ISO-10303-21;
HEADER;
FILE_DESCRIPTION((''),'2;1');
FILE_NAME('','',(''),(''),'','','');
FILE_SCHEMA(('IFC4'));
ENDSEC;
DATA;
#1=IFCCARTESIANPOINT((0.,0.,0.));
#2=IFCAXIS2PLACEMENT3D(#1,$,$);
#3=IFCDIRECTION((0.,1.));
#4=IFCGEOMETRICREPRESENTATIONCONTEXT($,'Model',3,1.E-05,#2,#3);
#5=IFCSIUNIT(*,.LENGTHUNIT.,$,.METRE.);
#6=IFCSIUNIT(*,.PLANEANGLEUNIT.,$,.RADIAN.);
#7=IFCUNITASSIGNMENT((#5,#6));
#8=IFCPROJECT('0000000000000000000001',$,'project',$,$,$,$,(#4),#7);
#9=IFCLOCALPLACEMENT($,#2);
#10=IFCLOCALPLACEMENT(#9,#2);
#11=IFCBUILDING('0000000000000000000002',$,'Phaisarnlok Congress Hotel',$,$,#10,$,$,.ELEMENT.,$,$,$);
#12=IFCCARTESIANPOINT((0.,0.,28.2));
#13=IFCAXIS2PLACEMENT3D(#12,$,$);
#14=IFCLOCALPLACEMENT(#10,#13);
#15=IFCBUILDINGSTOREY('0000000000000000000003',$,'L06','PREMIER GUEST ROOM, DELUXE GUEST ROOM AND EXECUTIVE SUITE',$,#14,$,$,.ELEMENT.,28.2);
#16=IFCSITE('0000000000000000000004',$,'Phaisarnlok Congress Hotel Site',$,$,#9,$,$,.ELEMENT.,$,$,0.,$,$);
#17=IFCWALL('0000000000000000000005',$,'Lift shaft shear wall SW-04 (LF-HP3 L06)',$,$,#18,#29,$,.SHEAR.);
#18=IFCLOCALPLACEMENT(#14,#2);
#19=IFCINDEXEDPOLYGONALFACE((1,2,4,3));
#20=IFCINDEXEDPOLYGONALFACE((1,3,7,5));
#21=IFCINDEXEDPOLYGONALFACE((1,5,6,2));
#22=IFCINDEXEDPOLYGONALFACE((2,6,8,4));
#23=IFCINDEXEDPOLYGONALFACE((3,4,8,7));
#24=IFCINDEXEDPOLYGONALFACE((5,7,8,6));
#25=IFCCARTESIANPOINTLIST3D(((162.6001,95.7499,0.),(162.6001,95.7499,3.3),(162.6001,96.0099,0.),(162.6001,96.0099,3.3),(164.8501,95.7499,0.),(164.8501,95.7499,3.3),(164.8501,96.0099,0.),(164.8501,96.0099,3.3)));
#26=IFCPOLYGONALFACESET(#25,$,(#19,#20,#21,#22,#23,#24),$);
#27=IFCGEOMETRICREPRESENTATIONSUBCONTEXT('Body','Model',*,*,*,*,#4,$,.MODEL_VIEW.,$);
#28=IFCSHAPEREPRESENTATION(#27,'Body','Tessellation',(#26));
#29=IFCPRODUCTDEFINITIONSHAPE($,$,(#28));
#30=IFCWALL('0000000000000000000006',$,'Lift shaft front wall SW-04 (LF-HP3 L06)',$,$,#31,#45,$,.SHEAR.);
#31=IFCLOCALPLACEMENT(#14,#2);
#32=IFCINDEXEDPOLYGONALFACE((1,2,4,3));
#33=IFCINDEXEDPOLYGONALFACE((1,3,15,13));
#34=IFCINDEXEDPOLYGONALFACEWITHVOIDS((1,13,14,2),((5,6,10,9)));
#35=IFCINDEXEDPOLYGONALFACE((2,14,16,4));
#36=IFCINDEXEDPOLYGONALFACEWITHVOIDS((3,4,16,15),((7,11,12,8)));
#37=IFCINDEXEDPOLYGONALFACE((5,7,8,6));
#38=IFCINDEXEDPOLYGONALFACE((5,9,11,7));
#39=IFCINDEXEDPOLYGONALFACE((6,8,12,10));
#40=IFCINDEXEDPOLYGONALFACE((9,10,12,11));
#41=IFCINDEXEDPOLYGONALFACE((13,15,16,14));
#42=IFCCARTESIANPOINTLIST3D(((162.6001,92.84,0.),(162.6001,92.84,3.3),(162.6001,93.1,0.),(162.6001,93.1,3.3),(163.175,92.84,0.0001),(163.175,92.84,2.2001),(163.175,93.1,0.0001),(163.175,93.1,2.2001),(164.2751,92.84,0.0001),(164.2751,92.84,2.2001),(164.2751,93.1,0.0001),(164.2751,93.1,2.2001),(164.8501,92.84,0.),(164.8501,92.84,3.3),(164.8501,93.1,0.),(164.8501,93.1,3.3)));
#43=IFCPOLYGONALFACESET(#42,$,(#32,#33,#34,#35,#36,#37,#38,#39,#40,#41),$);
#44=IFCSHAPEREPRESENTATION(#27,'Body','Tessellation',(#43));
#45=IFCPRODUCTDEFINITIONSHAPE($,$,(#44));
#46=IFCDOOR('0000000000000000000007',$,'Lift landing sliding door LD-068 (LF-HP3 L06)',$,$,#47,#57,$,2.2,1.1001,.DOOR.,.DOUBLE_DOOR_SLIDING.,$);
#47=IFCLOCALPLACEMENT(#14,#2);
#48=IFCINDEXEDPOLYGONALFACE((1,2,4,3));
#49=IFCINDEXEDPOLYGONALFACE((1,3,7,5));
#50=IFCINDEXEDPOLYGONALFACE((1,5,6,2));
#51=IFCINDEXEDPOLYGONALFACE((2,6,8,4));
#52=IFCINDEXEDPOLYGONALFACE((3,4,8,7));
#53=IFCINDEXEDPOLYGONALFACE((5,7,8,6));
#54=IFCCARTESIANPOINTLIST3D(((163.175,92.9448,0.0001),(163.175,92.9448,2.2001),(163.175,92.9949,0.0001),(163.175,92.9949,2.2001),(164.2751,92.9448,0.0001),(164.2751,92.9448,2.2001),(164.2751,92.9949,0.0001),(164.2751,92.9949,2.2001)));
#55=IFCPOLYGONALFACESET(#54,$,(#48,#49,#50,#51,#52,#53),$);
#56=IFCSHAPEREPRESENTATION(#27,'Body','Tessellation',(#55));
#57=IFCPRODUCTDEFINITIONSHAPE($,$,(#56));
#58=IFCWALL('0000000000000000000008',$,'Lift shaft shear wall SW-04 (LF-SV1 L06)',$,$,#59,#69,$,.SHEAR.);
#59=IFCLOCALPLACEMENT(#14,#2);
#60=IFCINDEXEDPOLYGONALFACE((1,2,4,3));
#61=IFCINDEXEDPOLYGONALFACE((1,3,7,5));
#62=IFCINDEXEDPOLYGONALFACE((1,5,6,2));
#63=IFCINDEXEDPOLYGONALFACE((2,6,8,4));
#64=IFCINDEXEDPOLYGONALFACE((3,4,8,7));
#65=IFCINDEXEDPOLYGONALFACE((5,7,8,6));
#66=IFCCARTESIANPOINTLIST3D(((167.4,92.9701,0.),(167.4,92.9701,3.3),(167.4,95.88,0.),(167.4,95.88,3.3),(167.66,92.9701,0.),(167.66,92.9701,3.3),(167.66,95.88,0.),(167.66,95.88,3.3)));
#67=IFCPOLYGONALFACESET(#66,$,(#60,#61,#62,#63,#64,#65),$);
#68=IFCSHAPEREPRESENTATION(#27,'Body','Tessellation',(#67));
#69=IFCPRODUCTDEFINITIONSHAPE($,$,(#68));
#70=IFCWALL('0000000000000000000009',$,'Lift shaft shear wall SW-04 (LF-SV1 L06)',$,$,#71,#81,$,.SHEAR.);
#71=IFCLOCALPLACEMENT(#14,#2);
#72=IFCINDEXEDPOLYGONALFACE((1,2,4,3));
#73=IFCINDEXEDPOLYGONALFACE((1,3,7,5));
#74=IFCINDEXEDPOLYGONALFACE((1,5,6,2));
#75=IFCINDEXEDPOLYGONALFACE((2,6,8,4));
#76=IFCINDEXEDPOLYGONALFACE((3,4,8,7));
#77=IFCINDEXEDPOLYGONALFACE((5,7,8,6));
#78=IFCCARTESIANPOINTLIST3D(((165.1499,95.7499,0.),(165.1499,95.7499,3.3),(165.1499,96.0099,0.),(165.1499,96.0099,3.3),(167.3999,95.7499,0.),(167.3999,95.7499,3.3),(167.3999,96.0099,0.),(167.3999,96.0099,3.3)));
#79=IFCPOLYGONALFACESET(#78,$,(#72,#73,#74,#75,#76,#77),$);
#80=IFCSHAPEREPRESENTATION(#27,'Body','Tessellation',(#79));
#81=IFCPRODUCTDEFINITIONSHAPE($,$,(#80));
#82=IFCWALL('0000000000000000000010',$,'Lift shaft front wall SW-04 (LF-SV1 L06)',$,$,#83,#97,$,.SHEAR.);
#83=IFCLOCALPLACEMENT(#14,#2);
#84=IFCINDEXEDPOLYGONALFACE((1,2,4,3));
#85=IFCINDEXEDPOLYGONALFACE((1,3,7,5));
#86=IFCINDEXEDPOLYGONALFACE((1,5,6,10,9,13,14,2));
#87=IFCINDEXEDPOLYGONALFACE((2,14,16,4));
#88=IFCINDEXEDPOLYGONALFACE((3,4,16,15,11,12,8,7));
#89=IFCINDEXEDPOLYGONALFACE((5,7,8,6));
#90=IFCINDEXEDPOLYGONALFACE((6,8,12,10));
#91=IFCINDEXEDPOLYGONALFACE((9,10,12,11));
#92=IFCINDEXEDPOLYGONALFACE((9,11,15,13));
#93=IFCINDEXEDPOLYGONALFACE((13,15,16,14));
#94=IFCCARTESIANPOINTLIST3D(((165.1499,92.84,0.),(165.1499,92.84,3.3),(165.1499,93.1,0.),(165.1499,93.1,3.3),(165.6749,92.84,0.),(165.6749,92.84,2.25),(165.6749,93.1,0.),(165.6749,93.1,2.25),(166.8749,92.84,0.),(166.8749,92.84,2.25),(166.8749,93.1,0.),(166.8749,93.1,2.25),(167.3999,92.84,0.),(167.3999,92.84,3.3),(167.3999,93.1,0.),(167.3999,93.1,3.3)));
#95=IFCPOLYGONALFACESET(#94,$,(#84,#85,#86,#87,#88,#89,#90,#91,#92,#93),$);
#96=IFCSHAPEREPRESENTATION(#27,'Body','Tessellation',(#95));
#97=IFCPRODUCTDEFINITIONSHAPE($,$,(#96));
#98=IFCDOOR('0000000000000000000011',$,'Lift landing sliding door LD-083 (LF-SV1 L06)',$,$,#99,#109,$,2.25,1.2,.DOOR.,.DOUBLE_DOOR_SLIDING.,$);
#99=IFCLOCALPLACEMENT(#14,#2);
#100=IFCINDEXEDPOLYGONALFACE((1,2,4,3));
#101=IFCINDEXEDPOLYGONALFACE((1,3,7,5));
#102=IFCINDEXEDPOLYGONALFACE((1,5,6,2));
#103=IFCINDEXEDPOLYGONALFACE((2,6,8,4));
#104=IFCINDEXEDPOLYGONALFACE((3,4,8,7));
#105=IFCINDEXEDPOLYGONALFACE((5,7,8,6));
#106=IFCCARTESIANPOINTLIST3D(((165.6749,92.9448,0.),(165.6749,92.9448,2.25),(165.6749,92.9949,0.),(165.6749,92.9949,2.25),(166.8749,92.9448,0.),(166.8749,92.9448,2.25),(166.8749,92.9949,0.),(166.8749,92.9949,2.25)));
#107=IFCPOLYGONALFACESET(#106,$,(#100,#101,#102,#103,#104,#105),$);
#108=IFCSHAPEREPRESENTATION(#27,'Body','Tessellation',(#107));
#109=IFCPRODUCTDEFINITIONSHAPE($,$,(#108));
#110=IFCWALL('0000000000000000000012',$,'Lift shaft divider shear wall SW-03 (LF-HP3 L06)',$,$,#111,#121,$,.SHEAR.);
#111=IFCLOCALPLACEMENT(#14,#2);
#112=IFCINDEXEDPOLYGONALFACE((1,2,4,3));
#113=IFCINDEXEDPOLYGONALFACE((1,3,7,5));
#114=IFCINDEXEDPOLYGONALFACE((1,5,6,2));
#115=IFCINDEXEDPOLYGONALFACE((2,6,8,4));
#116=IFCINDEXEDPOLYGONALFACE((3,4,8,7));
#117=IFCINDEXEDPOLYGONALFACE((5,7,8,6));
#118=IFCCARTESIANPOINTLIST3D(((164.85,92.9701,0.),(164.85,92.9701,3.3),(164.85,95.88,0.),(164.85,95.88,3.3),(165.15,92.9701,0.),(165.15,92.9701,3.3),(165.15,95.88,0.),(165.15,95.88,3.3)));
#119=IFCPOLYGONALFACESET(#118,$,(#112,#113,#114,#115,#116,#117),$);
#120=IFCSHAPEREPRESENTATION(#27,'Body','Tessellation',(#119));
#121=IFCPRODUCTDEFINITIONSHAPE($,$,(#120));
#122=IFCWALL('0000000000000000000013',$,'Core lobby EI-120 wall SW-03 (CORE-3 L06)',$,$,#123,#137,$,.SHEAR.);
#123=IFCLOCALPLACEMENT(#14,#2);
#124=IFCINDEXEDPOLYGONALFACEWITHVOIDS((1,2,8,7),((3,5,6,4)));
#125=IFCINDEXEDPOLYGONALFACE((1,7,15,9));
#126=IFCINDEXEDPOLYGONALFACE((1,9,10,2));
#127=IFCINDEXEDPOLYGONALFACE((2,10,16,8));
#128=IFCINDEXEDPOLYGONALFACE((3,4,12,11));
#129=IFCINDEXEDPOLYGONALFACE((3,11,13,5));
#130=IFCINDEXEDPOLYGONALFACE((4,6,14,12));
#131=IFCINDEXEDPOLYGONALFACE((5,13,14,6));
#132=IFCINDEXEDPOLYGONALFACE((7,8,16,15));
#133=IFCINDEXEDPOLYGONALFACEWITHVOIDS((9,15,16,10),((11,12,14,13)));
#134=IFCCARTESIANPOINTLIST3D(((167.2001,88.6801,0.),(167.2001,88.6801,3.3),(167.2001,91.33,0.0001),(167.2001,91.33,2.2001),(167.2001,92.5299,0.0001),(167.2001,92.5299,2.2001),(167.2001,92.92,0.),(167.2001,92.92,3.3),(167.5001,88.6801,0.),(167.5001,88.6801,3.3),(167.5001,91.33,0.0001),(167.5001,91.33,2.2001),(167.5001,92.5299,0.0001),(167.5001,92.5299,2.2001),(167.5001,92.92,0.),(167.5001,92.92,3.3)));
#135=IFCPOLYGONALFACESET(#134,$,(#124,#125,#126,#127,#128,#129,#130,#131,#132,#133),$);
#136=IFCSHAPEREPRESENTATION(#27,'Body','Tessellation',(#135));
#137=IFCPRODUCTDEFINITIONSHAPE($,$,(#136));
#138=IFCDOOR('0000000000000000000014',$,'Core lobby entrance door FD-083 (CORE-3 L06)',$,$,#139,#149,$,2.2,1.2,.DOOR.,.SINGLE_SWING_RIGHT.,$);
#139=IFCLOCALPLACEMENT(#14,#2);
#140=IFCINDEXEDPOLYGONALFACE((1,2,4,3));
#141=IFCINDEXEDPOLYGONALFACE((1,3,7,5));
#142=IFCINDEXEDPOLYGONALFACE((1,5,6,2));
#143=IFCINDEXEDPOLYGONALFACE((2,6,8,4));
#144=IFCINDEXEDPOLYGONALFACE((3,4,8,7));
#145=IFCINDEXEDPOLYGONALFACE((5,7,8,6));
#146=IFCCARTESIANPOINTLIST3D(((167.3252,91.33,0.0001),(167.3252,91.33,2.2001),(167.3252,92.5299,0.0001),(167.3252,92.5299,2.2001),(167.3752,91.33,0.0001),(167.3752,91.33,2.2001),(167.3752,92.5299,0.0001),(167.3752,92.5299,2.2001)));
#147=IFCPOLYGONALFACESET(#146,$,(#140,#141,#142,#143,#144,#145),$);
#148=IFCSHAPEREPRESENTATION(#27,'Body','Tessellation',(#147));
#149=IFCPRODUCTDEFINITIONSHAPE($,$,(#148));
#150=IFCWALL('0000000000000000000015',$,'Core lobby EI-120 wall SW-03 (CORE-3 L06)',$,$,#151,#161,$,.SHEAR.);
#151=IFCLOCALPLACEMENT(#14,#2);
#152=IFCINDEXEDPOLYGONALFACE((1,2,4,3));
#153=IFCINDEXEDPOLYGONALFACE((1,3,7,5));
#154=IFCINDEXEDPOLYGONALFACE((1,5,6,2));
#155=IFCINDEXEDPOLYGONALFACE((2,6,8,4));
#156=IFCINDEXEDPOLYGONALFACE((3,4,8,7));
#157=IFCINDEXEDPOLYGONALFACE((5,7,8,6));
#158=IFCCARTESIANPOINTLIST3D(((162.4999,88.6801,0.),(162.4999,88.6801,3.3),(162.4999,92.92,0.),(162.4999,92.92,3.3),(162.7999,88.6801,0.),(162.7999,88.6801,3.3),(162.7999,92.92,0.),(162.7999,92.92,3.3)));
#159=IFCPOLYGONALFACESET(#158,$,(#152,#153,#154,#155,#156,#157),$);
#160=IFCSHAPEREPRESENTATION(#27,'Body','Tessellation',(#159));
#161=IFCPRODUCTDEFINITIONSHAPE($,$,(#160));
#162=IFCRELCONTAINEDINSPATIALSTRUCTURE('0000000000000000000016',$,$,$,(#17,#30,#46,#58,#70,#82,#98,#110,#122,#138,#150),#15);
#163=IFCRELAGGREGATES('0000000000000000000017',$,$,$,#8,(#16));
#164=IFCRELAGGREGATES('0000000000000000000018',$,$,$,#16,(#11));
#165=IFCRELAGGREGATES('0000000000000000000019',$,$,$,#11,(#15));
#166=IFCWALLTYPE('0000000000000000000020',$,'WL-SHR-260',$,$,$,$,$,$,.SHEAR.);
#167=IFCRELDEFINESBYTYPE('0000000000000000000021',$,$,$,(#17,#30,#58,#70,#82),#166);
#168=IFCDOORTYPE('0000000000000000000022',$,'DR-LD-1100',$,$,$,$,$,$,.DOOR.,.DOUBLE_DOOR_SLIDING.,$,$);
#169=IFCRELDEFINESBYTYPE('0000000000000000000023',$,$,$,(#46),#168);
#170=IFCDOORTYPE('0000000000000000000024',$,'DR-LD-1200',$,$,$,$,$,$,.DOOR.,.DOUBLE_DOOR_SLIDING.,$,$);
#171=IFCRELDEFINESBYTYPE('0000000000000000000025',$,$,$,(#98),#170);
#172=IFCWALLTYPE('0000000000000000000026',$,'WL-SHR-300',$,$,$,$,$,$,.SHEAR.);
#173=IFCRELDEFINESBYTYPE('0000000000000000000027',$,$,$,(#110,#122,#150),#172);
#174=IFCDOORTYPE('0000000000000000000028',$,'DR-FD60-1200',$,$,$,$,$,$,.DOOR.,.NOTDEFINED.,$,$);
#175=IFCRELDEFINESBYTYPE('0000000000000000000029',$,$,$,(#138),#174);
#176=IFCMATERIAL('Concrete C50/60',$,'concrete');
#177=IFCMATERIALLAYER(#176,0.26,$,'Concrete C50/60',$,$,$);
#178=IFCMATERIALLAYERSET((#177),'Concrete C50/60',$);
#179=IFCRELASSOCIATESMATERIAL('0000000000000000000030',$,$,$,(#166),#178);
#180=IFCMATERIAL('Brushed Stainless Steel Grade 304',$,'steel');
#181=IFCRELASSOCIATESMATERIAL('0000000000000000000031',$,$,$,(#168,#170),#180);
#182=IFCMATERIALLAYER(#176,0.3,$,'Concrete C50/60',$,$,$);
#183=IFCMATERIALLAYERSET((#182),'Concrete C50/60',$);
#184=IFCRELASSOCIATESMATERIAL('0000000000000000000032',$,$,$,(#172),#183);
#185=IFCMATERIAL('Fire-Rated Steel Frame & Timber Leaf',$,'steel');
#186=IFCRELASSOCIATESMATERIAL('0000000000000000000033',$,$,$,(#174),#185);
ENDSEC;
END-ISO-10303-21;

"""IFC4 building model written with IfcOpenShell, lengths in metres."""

from ifc_helpers import new_model, si_unit, direction, frame, frame_2d, origin, place, context, subcontext, project, spatial, rectangle, extrude, material, layer, layer_set, type_object, element, fill, save


model = new_model("IFC4")

# Units and contexts
model_context = context("Model", 3, precision=1e-05, world=origin(), true_north=direction((0.0, 1.0)))
body_context = subcontext(model_context, "Body", "Model", "MODEL_VIEW")
ifc_project = project(units=[si_unit("LENGTHUNIT", "METRE"), si_unit("PLANEANGLEUNIT", "RADIAN")], contexts=[model_context])

# Site, building, storey
site_placement = place(None, origin())
site = spatial("IfcSite", under=ifc_project, at=site_placement, Name="Phaisarnlok Congress Hotel Site", CompositionType="ELEMENT", RefElevation=0.0)
building_placement = place(site_placement, origin())
building = spatial("IfcBuilding", under=site, at=building_placement, Name="Phaisarnlok Congress Hotel", CompositionType="ELEMENT")
storey_placement = place(building_placement, frame((0.0, 0.0, 28.2)))
storey = spatial("IfcBuildingStorey", under=building, at=storey_placement, Name="L06", Description="PREMIER GUEST ROOM, DELUXE GUEST ROOM AND EXECUTIVE SUITE", CompositionType="ELEMENT", Elevation=28.2)

# Shared definitions
ifc_material_1 = material(Name="Concrete C50/60", Category="concrete")

# Shared definitions
ifc_layer_1 = layer(ifc_material_1, 0.26, Name="Concrete C50/60")
ifc_layer_set_1 = layer_set([ifc_layer_1], Name="Concrete C50/60")
wall_type_1 = type_object("IfcWallType", Name="WL-SHR-260", PredefinedType="SHEAR", material=ifc_layer_set_1)
ifc_material_2 = material(Name="Fire-Rated Steel Frame & Timber Leaf", Category="steel")

# Wall
wall_1_placement = place(storey_placement, frame((162.6001, 95.8799, 0.0), z_axis=(0.0, 0.0, 1.0), x_axis=(1.0, 0.0, 0.0)))
element("IfcWall", 1, at=wall_1_placement, inside=storey, type_object=wall_type_1, Name="Lift shaft shear wall SW-04 (LF-HP3 L06)", PredefinedType="SHEAR", context=body_context, shape_type="SweptSolid", body=[
    extrude(rectangle(XDim=2.25, YDim=0.26, at=frame_2d((1.125, 0.0))), origin(), (0.0, 0.0, 1.0), 3.3),
])

# Wall, opening, door
wall_2_placement = place(storey_placement, frame((162.6001, 92.97, 0.0), z_axis=(0.0, 0.0, 1.0), x_axis=(1.0, 0.0, 0.0)))
wall_2 = element("IfcWall", 2, at=wall_2_placement, inside=storey, type_object=wall_type_1, Name="Lift shaft front wall SW-04 (LF-HP3 L06)", PredefinedType="SHEAR", context=body_context, shape_type="SweptSolid", body=[
    extrude(rectangle(XDim=2.25, YDim=0.26, at=frame_2d((1.125, 0.0))), origin(), (0.0, 0.0, 1.0), 3.3),
])
opening_1_placement = place(wall_2_placement, frame((0.575, 0.0, 0.0)))
opening_1 = element("IfcOpeningElement", 3, at=opening_1_placement, cuts=wall_2, PredefinedType="OPENING", context=body_context, shape_type="SweptSolid", body=[
    extrude(rectangle(XDim=1.1001, YDim=2.2, at=frame_2d((0.55, 1.1001))), frame((0.0, 0.1401, 0.0), z_axis=(0.0, -1.0, 0.0), x_axis=(1.0, 0.0, 0.0)), (0.0, 0.0, 1.0), 0.28),
])
ifc_material_3 = material(Name="Brushed Stainless Steel Grade 304", Category="steel")
door_type_1 = type_object("IfcDoorType", Name="DR-LD-1100", OperationType="DOUBLE_DOOR_SLIDING", PredefinedType="DOOR", material=ifc_material_3)
door_1_placement = place(opening_1_placement, origin())
door_1 = element("IfcDoor", 4, at=door_1_placement, inside=storey, type_object=door_type_1, Name="Lift landing sliding door LD-068 (LF-HP3 L06)", OperationType="DOUBLE_DOOR_SLIDING", OverallHeight=2.2, OverallWidth=1.1001, PredefinedType="DOOR", context=body_context, shape_type="SweptSolid", body=[
    extrude(rectangle(XDim=1.1001, YDim=2.2, at=frame_2d((0.55, 1.1001))), frame((0.0, 0.0249, 0.0), z_axis=(0.0, -1.0, 0.0), x_axis=(1.0, 0.0, 0.0)), (0.0, 0.0, 1.0), 0.05),
])
fill(opening_1, door_1)

# Walls
wall_3_placement = place(storey_placement, frame((167.53, 92.97, 0.0), z_axis=(0.0, 0.0, 1.0), x_axis=(0.0, 1.0, 0.0)))
element("IfcWall", 5, at=wall_3_placement, inside=storey, type_object=wall_type_1, Name="Lift shaft shear wall SW-04 (LF-SV1 L06)", PredefinedType="SHEAR", context=body_context, shape_type="SweptSolid", body=[
    extrude(rectangle(XDim=2.9099, YDim=0.26, at=frame_2d((1.4551, 0.0))), origin(), (0.0, 0.0, 1.0), 3.3),
])
wall_4_placement = place(storey_placement, frame((165.1499, 95.8799, 0.0), z_axis=(0.0, 0.0, 1.0), x_axis=(1.0, 0.0, 0.0)))
element("IfcWall", 6, at=wall_4_placement, inside=storey, type_object=wall_type_1, Name="Lift shaft shear wall SW-04 (LF-SV1 L06)", PredefinedType="SHEAR", context=body_context, shape_type="SweptSolid", body=[
    extrude(rectangle(XDim=2.25, YDim=0.26, at=frame_2d((1.125, 0.0))), origin(), (0.0, 0.0, 1.0), 3.3),
])

# Wall, opening, door
wall_5_placement = place(storey_placement, frame((165.1499, 92.97, 0.0), z_axis=(0.0, 0.0, 1.0), x_axis=(1.0, 0.0, 0.0)))
wall_5 = element("IfcWall", 7, at=wall_5_placement, inside=storey, type_object=wall_type_1, Name="Lift shaft front wall SW-04 (LF-SV1 L06)", PredefinedType="SHEAR", context=body_context, shape_type="SweptSolid", body=[
    extrude(rectangle(XDim=2.25, YDim=0.26, at=frame_2d((1.125, 0.0))), origin(), (0.0, 0.0, 1.0), 3.3),
])
opening_2_placement = place(wall_5_placement, frame((0.5249, 0.0, 0.0)))
opening_2 = element("IfcOpeningElement", 8, at=opening_2_placement, cuts=wall_5, PredefinedType="OPENING", context=body_context, shape_type="SweptSolid", body=[
    extrude(rectangle(XDim=1.2, YDim=2.25, at=frame_2d((0.6001, 1.125))), frame((0.0, 0.1401, 0.0), z_axis=(0.0, -1.0, 0.0), x_axis=(1.0, 0.0, 0.0)), (0.0, 0.0, 1.0), 0.28),
])
door_type_2 = type_object("IfcDoorType", Name="DR-LD-1200", OperationType="DOUBLE_DOOR_SLIDING", PredefinedType="DOOR", material=ifc_material_3)
door_2_placement = place(opening_2_placement, origin())
door_2 = element("IfcDoor", 9, at=door_2_placement, inside=storey, type_object=door_type_2, Name="Lift landing sliding door LD-083 (LF-SV1 L06)", OperationType="DOUBLE_DOOR_SLIDING", OverallHeight=2.25, OverallWidth=1.2, PredefinedType="DOOR", context=body_context, shape_type="SweptSolid", body=[
    extrude(rectangle(XDim=1.2, YDim=2.25, at=frame_2d((0.6001, 1.125))), frame((0.0, 0.0249, 0.0), z_axis=(0.0, -1.0, 0.0), x_axis=(1.0, 0.0, 0.0)), (0.0, 0.0, 1.0), 0.05),
])
fill(opening_2, door_2)

# Wall
ifc_layer_2 = layer(ifc_material_1, 0.3, Name="Concrete C50/60")
ifc_layer_set_2 = layer_set([ifc_layer_2], Name="Concrete C50/60")
wall_type_2 = type_object("IfcWallType", Name="WL-SHR-300", PredefinedType="SHEAR", material=ifc_layer_set_2)
wall_6_placement = place(storey_placement, frame((165.0, 92.97, 0.0), z_axis=(0.0, 0.0, 1.0), x_axis=(0.0, 1.0, 0.0)))
element("IfcWall", 10, at=wall_6_placement, inside=storey, type_object=wall_type_2, Name="Lift shaft divider shear wall SW-03 (LF-HP3 L06)", PredefinedType="SHEAR", context=body_context, shape_type="SweptSolid", body=[
    extrude(rectangle(XDim=2.9099, YDim=0.3, at=frame_2d((1.4551, 0.0))), origin(), (0.0, 0.0, 1.0), 3.3),
])

# Wall, opening, door
wall_7_placement = place(storey_placement, frame((167.3501, 88.6799, 0.0), z_axis=(0.0, 0.0, 1.0), x_axis=(0.0, 1.0, 0.0)))
wall_7 = element("IfcWall", 11, at=wall_7_placement, inside=storey, type_object=wall_type_2, Name="Core lobby EI-120 wall SW-03 (CORE-3 L06)", PredefinedType="SHEAR", context=body_context, shape_type="SweptSolid", body=[
    extrude(rectangle(XDim=4.24, YDim=0.3, at=frame_2d((2.1201, 0.0))), origin(), (0.0, 0.0, 1.0), 3.3),
])
opening_3_placement = place(wall_7_placement, frame((2.6499, 0.0, 0.0)))
opening_3 = element("IfcOpeningElement", 12, at=opening_3_placement, cuts=wall_7, PredefinedType="OPENING", context=body_context, shape_type="SweptSolid", body=[
    extrude(rectangle(XDim=1.2, YDim=2.2, at=frame_2d((0.6001, 1.1001))), frame((0.0, 0.1602, 0.0), z_axis=(0.0, -1.0, 0.0), x_axis=(1.0, 0.0, 0.0)), (0.0, 0.0, 1.0), 0.3201),
])
door_type_3 = type_object("IfcDoorType", Name="DR-FD60-1200", OperationType="NOTDEFINED", PredefinedType="DOOR", material=ifc_material_2)
door_3_placement = place(opening_3_placement, origin())
door_3 = element("IfcDoor", 13, at=door_3_placement, inside=storey, type_object=door_type_3, Name="Core lobby entrance door FD-083 (CORE-3 L06)", OperationType="SINGLE_SWING_RIGHT", OverallHeight=2.2, OverallWidth=1.2, PredefinedType="DOOR", context=body_context, shape_type="SweptSolid", body=[
    extrude(rectangle(XDim=1.2, YDim=2.2, at=frame_2d((0.6001, 1.1001))), frame((0.0, 0.0249, 0.0), z_axis=(0.0, -1.0, 0.0), x_axis=(1.0, 0.0, 0.0)), (0.0, 0.0, 1.0), 0.05),
])
fill(opening_3, door_3)

# Wall
wall_8_placement = place(storey_placement, frame((162.6499, 88.6799, 0.0), z_axis=(0.0, 0.0, 1.0), x_axis=(0.0, 1.0, 0.0)))
element("IfcWall", 14, at=wall_8_placement, inside=storey, type_object=wall_type_2, Name="Core lobby EI-120 wall SW-03 (CORE-3 L06)", PredefinedType="SHEAR", context=body_context, shape_type="SweptSolid", body=[
    extrude(rectangle(XDim=4.24, YDim=0.3, at=frame_2d((2.1201, 0.0))), origin(), (0.0, 0.0, 1.0), 3.3),
])

save(model, "model.ifc")
